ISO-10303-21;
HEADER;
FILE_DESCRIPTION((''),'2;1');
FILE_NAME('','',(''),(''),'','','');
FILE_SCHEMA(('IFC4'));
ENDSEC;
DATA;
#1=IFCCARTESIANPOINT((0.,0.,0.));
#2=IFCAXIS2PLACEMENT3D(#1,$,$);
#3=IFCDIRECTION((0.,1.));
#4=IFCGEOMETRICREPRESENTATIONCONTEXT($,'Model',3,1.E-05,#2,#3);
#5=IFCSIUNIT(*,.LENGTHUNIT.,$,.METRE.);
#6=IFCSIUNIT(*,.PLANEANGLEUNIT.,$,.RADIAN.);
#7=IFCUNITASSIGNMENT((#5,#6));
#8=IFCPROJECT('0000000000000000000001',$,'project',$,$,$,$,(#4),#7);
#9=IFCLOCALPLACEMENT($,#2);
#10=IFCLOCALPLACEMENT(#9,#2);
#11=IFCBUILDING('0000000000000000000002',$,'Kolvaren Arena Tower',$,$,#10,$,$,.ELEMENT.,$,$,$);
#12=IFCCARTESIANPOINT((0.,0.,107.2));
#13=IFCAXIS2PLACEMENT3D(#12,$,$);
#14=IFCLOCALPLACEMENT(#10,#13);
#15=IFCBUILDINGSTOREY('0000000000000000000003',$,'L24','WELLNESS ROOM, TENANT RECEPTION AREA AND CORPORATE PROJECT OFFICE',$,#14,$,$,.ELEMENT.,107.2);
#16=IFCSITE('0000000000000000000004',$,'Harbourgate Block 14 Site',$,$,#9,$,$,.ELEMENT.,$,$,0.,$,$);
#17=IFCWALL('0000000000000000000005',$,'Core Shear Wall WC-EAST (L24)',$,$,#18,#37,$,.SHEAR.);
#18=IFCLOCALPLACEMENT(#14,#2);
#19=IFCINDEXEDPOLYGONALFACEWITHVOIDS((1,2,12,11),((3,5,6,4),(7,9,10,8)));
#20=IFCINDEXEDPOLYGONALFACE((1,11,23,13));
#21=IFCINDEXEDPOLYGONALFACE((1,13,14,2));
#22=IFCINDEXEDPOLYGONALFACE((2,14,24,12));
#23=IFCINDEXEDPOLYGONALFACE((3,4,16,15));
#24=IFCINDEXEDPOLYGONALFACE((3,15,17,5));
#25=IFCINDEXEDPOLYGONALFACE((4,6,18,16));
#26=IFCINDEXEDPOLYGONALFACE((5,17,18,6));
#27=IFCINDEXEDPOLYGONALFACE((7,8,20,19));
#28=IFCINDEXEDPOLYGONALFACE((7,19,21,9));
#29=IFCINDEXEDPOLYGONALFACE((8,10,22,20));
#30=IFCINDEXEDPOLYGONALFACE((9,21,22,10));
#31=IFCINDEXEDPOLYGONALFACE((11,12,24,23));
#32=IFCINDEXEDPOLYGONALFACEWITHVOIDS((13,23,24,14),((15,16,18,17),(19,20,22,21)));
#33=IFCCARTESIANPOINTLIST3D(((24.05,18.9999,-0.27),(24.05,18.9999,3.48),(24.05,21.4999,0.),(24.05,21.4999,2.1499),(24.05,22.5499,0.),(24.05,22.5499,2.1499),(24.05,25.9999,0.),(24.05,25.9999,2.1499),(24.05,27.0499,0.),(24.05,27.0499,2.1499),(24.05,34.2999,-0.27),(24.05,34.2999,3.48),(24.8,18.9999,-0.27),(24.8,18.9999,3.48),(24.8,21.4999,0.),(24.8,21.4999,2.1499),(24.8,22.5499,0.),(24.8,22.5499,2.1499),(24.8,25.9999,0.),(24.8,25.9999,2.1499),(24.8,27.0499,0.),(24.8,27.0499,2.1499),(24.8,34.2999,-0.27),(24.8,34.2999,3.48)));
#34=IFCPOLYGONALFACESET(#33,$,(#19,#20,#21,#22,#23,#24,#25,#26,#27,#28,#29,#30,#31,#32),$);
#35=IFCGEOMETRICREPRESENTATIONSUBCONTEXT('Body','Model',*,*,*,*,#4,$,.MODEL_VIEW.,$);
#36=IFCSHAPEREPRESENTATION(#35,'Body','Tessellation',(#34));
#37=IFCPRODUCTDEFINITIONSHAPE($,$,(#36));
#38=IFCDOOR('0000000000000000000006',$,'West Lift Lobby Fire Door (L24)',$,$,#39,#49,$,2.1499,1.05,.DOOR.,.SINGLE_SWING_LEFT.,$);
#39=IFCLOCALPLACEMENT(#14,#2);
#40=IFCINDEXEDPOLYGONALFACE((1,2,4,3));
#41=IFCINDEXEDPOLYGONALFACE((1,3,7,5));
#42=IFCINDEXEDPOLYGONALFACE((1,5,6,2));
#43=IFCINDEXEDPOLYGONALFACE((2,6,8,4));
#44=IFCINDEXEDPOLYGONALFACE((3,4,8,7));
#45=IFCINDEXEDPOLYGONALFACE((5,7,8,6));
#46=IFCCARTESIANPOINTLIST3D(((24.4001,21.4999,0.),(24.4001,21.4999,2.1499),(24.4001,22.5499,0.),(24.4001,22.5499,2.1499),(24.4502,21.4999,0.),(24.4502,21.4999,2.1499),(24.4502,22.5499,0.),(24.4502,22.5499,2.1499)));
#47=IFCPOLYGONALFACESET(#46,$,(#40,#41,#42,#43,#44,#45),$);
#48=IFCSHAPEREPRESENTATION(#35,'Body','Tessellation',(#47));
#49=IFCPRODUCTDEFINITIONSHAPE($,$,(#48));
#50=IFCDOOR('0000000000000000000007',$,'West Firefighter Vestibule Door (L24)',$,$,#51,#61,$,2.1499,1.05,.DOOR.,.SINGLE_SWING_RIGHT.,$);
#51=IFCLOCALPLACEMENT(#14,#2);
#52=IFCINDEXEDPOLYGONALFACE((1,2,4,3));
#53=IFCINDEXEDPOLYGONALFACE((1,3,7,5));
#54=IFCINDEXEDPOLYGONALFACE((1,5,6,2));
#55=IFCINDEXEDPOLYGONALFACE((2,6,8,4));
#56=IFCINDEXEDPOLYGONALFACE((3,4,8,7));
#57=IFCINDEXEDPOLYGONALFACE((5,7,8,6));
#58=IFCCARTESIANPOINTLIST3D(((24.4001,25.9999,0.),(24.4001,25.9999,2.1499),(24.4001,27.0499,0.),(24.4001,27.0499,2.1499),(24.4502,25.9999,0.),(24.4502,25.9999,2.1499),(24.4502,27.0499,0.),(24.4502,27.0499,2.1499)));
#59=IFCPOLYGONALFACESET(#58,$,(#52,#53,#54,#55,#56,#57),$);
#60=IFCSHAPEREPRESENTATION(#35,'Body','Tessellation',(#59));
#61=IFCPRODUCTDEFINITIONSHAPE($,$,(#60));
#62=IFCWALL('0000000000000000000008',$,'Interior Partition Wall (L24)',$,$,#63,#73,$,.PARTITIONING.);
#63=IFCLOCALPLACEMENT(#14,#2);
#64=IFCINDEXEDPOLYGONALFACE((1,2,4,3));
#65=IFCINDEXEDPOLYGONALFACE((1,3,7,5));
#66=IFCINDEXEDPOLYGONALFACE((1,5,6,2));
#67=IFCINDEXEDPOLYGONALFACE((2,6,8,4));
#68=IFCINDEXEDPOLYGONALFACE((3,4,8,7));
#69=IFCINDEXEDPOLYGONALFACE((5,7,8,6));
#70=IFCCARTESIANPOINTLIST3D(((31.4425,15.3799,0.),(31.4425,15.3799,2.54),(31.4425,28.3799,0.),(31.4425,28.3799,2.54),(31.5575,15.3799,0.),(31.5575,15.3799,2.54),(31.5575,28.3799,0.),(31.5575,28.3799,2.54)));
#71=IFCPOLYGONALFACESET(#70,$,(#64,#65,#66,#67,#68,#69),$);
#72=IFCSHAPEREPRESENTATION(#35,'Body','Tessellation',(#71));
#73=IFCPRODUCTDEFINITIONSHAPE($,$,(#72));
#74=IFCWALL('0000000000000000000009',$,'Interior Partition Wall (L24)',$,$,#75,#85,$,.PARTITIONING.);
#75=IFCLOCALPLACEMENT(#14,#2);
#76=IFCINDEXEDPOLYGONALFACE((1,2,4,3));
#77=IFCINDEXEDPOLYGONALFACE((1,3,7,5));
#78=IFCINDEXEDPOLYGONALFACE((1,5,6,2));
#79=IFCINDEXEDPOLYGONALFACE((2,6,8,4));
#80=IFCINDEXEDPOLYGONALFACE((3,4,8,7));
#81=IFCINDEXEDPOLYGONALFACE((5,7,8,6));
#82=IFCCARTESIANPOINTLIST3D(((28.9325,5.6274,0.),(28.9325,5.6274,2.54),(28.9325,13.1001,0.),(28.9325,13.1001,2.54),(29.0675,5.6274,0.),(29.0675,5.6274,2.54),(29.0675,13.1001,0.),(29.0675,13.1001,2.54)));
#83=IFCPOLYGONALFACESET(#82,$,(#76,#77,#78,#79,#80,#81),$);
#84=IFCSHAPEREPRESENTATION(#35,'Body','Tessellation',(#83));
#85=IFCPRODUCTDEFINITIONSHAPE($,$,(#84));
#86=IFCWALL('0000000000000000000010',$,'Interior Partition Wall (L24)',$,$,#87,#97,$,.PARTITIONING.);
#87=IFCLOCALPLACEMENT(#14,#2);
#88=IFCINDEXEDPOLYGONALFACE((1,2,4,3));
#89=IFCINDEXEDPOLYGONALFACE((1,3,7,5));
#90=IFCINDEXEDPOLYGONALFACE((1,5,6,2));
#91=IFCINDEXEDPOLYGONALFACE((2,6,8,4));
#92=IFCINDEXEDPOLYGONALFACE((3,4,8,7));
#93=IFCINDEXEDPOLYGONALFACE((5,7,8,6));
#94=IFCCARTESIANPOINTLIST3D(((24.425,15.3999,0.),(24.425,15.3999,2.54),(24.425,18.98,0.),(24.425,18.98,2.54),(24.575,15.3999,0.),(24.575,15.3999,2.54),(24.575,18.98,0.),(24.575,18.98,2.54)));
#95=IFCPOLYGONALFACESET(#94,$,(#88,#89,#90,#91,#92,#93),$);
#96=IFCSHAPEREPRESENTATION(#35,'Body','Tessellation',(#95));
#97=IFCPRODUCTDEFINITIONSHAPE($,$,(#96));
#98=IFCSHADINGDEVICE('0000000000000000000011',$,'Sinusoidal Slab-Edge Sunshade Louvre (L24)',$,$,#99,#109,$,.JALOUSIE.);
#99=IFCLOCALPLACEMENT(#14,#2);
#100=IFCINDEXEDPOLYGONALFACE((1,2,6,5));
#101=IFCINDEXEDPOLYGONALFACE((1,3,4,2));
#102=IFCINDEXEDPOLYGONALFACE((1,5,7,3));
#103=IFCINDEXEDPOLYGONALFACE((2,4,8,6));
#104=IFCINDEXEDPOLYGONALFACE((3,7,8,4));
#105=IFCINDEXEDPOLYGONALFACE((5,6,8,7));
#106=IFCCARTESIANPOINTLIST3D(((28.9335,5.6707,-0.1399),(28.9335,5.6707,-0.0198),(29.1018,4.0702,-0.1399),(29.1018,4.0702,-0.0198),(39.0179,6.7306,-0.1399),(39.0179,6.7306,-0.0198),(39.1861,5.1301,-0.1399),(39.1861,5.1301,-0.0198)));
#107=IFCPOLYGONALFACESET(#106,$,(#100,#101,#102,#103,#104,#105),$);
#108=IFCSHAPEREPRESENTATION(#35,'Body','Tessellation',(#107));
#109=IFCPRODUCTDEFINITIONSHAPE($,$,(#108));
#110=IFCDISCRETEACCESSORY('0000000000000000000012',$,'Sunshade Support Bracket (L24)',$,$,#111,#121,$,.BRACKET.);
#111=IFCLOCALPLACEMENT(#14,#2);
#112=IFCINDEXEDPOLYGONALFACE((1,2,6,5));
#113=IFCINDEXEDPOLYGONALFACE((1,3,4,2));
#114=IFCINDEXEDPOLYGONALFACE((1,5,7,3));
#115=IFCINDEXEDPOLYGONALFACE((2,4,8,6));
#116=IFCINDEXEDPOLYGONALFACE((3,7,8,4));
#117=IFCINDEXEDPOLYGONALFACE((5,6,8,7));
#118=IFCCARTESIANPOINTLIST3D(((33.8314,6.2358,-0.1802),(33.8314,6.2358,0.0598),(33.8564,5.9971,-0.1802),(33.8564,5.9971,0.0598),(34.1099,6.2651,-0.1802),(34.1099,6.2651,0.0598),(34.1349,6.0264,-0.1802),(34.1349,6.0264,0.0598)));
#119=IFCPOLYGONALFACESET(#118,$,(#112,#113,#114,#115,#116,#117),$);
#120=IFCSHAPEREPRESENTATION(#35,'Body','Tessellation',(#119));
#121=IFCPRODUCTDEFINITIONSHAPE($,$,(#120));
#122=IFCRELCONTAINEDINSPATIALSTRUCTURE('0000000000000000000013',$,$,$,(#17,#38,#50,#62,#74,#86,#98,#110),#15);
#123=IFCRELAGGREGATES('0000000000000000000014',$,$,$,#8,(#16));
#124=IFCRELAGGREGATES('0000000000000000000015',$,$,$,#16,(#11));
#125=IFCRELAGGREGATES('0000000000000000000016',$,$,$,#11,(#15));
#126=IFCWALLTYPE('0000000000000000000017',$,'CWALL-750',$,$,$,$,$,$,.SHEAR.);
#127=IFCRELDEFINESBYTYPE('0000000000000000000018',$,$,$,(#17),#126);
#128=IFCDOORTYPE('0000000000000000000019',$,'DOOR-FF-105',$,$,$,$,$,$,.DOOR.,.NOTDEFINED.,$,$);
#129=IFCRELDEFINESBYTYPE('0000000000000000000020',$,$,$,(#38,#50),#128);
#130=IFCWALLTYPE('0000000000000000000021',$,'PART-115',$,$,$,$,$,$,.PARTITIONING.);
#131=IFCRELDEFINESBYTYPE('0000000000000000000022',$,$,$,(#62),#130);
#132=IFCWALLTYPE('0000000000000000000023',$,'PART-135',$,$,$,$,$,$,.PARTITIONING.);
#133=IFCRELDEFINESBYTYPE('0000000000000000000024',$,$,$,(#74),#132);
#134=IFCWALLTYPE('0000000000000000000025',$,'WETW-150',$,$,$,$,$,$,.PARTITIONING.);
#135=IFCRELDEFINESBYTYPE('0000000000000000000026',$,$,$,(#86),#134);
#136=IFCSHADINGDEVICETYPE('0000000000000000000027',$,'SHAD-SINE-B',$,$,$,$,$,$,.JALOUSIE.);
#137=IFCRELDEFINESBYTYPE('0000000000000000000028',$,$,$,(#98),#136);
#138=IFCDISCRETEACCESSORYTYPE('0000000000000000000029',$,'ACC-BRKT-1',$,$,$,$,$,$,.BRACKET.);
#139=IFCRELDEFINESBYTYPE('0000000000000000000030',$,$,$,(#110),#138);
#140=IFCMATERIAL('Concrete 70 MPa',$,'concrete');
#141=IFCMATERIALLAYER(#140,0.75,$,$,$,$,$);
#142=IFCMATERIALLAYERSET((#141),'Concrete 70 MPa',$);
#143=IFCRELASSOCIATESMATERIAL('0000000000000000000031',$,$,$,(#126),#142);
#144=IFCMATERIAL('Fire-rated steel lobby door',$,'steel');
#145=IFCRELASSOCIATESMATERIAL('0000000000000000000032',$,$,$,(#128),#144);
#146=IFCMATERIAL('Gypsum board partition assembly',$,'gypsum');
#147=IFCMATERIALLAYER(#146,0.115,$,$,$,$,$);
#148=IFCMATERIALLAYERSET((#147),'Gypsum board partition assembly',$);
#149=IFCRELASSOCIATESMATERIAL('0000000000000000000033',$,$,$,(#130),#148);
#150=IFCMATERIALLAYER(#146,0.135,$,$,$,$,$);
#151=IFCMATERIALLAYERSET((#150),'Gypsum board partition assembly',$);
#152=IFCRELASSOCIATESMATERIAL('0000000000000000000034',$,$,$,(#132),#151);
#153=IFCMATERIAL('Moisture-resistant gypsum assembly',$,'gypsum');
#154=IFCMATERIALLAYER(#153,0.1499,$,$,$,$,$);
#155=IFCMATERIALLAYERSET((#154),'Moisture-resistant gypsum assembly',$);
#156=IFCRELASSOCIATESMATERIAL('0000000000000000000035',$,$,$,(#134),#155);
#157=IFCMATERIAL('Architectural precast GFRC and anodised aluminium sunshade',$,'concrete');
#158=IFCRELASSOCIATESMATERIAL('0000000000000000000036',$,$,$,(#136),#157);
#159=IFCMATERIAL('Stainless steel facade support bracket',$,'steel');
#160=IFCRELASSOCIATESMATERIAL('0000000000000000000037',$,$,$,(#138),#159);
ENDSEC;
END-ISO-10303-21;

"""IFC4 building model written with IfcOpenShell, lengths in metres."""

from ifc_helpers import new_model, si_unit, direction, frame, frame_2d, origin, origin_2d, place, context, subcontext, project, spatial, rectangle, extrude, material, layer, layer_set, type_object, element, fill, save


model = new_model("IFC4")

# Units and contexts
model_context = context("Model", 3, precision=1e-05, world=origin(), true_north=direction((0.0, 1.0)))
body_context = subcontext(model_context, "Body", "Model", "MODEL_VIEW")
ifc_project = project(units=[si_unit("LENGTHUNIT", "METRE"), si_unit("PLANEANGLEUNIT", "RADIAN")], contexts=[model_context])

# Site, building, storey
site_placement = place(None, origin())
site = spatial("IfcSite", under=ifc_project, at=site_placement, Name="Harbourgate Block 14 Site", CompositionType="ELEMENT", RefElevation=0.0)
building_placement = place(site_placement, origin())
building = spatial("IfcBuilding", under=site, at=building_placement, Name="Kolvaren Arena Tower", CompositionType="ELEMENT")
storey_placement = place(building_placement, frame((0.0, 0.0, 107.2)))
storey = spatial("IfcBuildingStorey", under=building, at=storey_placement, Name="L24", Description="WELLNESS ROOM, TENANT RECEPTION AREA AND CORPORATE PROJECT OFFICE", CompositionType="ELEMENT", Elevation=107.2)

# Wall, openings, doors
ifc_material_1 = material(Name="Concrete 70 MPa", Category="concrete")
ifc_layer_1 = layer(ifc_material_1, 0.75)
ifc_layer_set_1 = layer_set([ifc_layer_1], Name="Concrete 70 MPa")
wall_type_1 = type_object("IfcWallType", Name="CWALL-750", PredefinedType="SHEAR", material=ifc_layer_set_1)
wall_1_placement = place(storey_placement, frame((24.425, 19.0, -0.27), z_axis=(0.0, 0.0, 1.0), x_axis=(0.0, 1.0, 0.0)))
wall_1 = element("IfcWall", 1, at=wall_1_placement, inside=storey, type_object=wall_type_1, Name="Core Shear Wall WC-EAST (L24)", PredefinedType="SHEAR", context=body_context, shape_type="SweptSolid", body=[
    extrude(rectangle(XDim=15.3, YDim=0.75, at=frame_2d((7.6499, 0.0))), origin(), (0.0, 0.0, 1.0), 3.75),
])
opening_1_placement = place(wall_1_placement, frame((2.5, 0.0, 0.27)))
opening_1 = element("IfcOpeningElement", 2, at=opening_1_placement, cuts=wall_1, PredefinedType="OPENING", context=body_context, shape_type="SweptSolid", body=[
    extrude(rectangle(XDim=1.05, YDim=2.1499, at=frame_2d((0.5249, 1.075))), frame((0.0, 0.385, 0.0), z_axis=(0.0, -1.0, 0.0), x_axis=(1.0, 0.0, 0.0)), (0.0, 0.0, 1.0), 0.77),
])
opening_2_placement = place(wall_1_placement, frame((7.0, 0.0, 0.27)))
opening_2 = element("IfcOpeningElement", 3, at=opening_2_placement, cuts=wall_1, PredefinedType="OPENING", context=body_context, shape_type="SweptSolid", body=[
    extrude(rectangle(XDim=1.05, YDim=2.1499, at=frame_2d((0.5249, 1.075))), frame((0.0, 0.385, 0.0), z_axis=(0.0, -1.0, 0.0), x_axis=(1.0, 0.0, 0.0)), (0.0, 0.0, 1.0), 0.77),
])
ifc_material_2 = material(Name="Fire-rated steel lobby door", Category="steel")
door_type = type_object("IfcDoorType", Name="DOOR-FF-105", OperationType="NOTDEFINED", PredefinedType="DOOR", material=ifc_material_2)
door_1_placement = place(opening_1_placement, origin())
door_1 = element("IfcDoor", 4, at=door_1_placement, inside=storey, type_object=door_type, Name="West Lift Lobby Fire Door (L24)", OperationType="SINGLE_SWING_LEFT", OverallHeight=2.1499, OverallWidth=1.05, PredefinedType="DOOR", context=body_context, shape_type="SweptSolid", body=[
    extrude(rectangle(XDim=1.05, YDim=2.1499, at=frame_2d((0.5249, 1.075))), frame((0.0, 0.0249, 0.0), z_axis=(0.0, -1.0, 0.0), x_axis=(1.0, 0.0, 0.0)), (0.0, 0.0, 1.0), 0.05),
])
fill(opening_1, door_1)
door_2_placement = place(opening_2_placement, origin())
door_2 = element("IfcDoor", 5, at=door_2_placement, inside=storey, type_object=door_type, Name="West Firefighter Vestibule Door (L24)", OperationType="SINGLE_SWING_RIGHT", OverallHeight=2.1499, OverallWidth=1.05, PredefinedType="DOOR", context=body_context, shape_type="SweptSolid", body=[
    extrude(rectangle(XDim=1.05, YDim=2.1499, at=frame_2d((0.5249, 1.075))), frame((0.0, 0.0249, 0.0), z_axis=(0.0, -1.0, 0.0), x_axis=(1.0, 0.0, 0.0)), (0.0, 0.0, 1.0), 0.05),
])
fill(opening_2, door_2)

# Walls
ifc_material_3 = material(Name="Gypsum board partition assembly", Category="gypsum")
ifc_layer_2 = layer(ifc_material_3, 0.115)
ifc_layer_set_2 = layer_set([ifc_layer_2], Name="Gypsum board partition assembly")
wall_type_2 = type_object("IfcWallType", Name="PART-115", PredefinedType="PARTITIONING", material=ifc_layer_set_2)
wall_2_placement = place(storey_placement, frame((31.5, 15.3799, 0.0), z_axis=(0.0, 0.0, 1.0), x_axis=(0.0, 1.0, 0.0)))
element("IfcWall", 6, at=wall_2_placement, inside=storey, type_object=wall_type_2, Name="Interior Partition Wall (L24)", PredefinedType="PARTITIONING", context=body_context, shape_type="SweptSolid", body=[
    extrude(rectangle(XDim=13.0, YDim=0.115, at=frame_2d((6.5, 0.0))), origin(), (0.0, 0.0, 1.0), 2.54),
])
ifc_layer_3 = layer(ifc_material_3, 0.135)
ifc_layer_set_3 = layer_set([ifc_layer_3], Name="Gypsum board partition assembly")
wall_type_3 = type_object("IfcWallType", Name="PART-135", PredefinedType="PARTITIONING", material=ifc_layer_set_3)
wall_3_placement = place(storey_placement, frame((29.0, 5.6274, 0.0), z_axis=(0.0, 0.0, 1.0), x_axis=(0.0, 1.0, 0.0)))
element("IfcWall", 7, at=wall_3_placement, inside=storey, type_object=wall_type_3, Name="Interior Partition Wall (L24)", PredefinedType="PARTITIONING", context=body_context, shape_type="SweptSolid", body=[
    extrude(rectangle(XDim=7.4727, YDim=0.135, at=frame_2d((3.7363, 0.0))), origin(), (0.0, 0.0, 1.0), 2.54),
])
ifc_material_4 = material(Name="Moisture-resistant gypsum assembly", Category="gypsum")
ifc_layer_4 = layer(ifc_material_4, 0.1499)
ifc_layer_set_4 = layer_set([ifc_layer_4], Name="Moisture-resistant gypsum assembly")
wall_type_4 = type_object("IfcWallType", Name="WETW-150", PredefinedType="PARTITIONING", material=ifc_layer_set_4)
wall_4_placement = place(storey_placement, frame((24.5, 15.3999, 0.0), z_axis=(0.0, 0.0, 1.0), x_axis=(0.0, 1.0, 0.0)))
element("IfcWall", 8, at=wall_4_placement, inside=storey, type_object=wall_type_4, Name="Interior Partition Wall (L24)", PredefinedType="PARTITIONING", context=body_context, shape_type="SweptSolid", body=[
    extrude(rectangle(XDim=3.5801, YDim=0.1499, at=frame_2d((1.79, 0.0))), origin(), (0.0, 0.0, 1.0), 2.54),
])

# Shading device
ifc_material_5 = material(Name="Architectural precast GFRC and anodised aluminium sunshade", Category="concrete")
shading_device_type = type_object("IfcShadingDeviceType", Name="SHAD-SINE-B", PredefinedType="JALOUSIE", material=ifc_material_5)
shading_device_placement = place(storey_placement, frame((34.0598, 5.4004, -0.1399), z_axis=(0.0, 0.0, 1.0), x_axis=(-0.994522, -0.104527, 0.0)))
element("IfcShadingDevice", 9, at=shading_device_placement, inside=storey, type_object=shading_device_type, Name="Sinusoidal Slab-Edge Sunshade Louvre (L24)", PredefinedType="JALOUSIE", context=body_context, shape_type="SweptSolid", body=[
    extrude(rectangle(XDim=10.1399, YDim=1.6094, at=origin_2d()), origin(), (0.0, 0.0, 1.0), 0.1201),
])

# Discrete accessory
ifc_material_6 = material(Name="Stainless steel facade support bracket", Category="steel")
discrete_accessory_type = type_object("IfcDiscreteAccessoryType", Name="ACC-BRKT-1", PredefinedType="BRACKET", material=ifc_material_6)
discrete_accessory_placement = place(storey_placement, frame((33.9832, 6.1311, -0.1802), z_axis=(0.0, 0.0, 1.0), x_axis=(-0.994522, -0.104527, 0.0)))
element("IfcDiscreteAccessory", 10, at=discrete_accessory_placement, inside=storey, type_object=discrete_accessory_type, Name="Sunshade Support Bracket (L24)", PredefinedType="BRACKET", context=body_context, shape_type="SweptSolid", body=[
    extrude(rectangle(XDim=0.28, YDim=0.24, at=origin_2d()), origin(), (0.0, 0.0, 1.0), 0.24),
])

save(model, "model.ifc")
